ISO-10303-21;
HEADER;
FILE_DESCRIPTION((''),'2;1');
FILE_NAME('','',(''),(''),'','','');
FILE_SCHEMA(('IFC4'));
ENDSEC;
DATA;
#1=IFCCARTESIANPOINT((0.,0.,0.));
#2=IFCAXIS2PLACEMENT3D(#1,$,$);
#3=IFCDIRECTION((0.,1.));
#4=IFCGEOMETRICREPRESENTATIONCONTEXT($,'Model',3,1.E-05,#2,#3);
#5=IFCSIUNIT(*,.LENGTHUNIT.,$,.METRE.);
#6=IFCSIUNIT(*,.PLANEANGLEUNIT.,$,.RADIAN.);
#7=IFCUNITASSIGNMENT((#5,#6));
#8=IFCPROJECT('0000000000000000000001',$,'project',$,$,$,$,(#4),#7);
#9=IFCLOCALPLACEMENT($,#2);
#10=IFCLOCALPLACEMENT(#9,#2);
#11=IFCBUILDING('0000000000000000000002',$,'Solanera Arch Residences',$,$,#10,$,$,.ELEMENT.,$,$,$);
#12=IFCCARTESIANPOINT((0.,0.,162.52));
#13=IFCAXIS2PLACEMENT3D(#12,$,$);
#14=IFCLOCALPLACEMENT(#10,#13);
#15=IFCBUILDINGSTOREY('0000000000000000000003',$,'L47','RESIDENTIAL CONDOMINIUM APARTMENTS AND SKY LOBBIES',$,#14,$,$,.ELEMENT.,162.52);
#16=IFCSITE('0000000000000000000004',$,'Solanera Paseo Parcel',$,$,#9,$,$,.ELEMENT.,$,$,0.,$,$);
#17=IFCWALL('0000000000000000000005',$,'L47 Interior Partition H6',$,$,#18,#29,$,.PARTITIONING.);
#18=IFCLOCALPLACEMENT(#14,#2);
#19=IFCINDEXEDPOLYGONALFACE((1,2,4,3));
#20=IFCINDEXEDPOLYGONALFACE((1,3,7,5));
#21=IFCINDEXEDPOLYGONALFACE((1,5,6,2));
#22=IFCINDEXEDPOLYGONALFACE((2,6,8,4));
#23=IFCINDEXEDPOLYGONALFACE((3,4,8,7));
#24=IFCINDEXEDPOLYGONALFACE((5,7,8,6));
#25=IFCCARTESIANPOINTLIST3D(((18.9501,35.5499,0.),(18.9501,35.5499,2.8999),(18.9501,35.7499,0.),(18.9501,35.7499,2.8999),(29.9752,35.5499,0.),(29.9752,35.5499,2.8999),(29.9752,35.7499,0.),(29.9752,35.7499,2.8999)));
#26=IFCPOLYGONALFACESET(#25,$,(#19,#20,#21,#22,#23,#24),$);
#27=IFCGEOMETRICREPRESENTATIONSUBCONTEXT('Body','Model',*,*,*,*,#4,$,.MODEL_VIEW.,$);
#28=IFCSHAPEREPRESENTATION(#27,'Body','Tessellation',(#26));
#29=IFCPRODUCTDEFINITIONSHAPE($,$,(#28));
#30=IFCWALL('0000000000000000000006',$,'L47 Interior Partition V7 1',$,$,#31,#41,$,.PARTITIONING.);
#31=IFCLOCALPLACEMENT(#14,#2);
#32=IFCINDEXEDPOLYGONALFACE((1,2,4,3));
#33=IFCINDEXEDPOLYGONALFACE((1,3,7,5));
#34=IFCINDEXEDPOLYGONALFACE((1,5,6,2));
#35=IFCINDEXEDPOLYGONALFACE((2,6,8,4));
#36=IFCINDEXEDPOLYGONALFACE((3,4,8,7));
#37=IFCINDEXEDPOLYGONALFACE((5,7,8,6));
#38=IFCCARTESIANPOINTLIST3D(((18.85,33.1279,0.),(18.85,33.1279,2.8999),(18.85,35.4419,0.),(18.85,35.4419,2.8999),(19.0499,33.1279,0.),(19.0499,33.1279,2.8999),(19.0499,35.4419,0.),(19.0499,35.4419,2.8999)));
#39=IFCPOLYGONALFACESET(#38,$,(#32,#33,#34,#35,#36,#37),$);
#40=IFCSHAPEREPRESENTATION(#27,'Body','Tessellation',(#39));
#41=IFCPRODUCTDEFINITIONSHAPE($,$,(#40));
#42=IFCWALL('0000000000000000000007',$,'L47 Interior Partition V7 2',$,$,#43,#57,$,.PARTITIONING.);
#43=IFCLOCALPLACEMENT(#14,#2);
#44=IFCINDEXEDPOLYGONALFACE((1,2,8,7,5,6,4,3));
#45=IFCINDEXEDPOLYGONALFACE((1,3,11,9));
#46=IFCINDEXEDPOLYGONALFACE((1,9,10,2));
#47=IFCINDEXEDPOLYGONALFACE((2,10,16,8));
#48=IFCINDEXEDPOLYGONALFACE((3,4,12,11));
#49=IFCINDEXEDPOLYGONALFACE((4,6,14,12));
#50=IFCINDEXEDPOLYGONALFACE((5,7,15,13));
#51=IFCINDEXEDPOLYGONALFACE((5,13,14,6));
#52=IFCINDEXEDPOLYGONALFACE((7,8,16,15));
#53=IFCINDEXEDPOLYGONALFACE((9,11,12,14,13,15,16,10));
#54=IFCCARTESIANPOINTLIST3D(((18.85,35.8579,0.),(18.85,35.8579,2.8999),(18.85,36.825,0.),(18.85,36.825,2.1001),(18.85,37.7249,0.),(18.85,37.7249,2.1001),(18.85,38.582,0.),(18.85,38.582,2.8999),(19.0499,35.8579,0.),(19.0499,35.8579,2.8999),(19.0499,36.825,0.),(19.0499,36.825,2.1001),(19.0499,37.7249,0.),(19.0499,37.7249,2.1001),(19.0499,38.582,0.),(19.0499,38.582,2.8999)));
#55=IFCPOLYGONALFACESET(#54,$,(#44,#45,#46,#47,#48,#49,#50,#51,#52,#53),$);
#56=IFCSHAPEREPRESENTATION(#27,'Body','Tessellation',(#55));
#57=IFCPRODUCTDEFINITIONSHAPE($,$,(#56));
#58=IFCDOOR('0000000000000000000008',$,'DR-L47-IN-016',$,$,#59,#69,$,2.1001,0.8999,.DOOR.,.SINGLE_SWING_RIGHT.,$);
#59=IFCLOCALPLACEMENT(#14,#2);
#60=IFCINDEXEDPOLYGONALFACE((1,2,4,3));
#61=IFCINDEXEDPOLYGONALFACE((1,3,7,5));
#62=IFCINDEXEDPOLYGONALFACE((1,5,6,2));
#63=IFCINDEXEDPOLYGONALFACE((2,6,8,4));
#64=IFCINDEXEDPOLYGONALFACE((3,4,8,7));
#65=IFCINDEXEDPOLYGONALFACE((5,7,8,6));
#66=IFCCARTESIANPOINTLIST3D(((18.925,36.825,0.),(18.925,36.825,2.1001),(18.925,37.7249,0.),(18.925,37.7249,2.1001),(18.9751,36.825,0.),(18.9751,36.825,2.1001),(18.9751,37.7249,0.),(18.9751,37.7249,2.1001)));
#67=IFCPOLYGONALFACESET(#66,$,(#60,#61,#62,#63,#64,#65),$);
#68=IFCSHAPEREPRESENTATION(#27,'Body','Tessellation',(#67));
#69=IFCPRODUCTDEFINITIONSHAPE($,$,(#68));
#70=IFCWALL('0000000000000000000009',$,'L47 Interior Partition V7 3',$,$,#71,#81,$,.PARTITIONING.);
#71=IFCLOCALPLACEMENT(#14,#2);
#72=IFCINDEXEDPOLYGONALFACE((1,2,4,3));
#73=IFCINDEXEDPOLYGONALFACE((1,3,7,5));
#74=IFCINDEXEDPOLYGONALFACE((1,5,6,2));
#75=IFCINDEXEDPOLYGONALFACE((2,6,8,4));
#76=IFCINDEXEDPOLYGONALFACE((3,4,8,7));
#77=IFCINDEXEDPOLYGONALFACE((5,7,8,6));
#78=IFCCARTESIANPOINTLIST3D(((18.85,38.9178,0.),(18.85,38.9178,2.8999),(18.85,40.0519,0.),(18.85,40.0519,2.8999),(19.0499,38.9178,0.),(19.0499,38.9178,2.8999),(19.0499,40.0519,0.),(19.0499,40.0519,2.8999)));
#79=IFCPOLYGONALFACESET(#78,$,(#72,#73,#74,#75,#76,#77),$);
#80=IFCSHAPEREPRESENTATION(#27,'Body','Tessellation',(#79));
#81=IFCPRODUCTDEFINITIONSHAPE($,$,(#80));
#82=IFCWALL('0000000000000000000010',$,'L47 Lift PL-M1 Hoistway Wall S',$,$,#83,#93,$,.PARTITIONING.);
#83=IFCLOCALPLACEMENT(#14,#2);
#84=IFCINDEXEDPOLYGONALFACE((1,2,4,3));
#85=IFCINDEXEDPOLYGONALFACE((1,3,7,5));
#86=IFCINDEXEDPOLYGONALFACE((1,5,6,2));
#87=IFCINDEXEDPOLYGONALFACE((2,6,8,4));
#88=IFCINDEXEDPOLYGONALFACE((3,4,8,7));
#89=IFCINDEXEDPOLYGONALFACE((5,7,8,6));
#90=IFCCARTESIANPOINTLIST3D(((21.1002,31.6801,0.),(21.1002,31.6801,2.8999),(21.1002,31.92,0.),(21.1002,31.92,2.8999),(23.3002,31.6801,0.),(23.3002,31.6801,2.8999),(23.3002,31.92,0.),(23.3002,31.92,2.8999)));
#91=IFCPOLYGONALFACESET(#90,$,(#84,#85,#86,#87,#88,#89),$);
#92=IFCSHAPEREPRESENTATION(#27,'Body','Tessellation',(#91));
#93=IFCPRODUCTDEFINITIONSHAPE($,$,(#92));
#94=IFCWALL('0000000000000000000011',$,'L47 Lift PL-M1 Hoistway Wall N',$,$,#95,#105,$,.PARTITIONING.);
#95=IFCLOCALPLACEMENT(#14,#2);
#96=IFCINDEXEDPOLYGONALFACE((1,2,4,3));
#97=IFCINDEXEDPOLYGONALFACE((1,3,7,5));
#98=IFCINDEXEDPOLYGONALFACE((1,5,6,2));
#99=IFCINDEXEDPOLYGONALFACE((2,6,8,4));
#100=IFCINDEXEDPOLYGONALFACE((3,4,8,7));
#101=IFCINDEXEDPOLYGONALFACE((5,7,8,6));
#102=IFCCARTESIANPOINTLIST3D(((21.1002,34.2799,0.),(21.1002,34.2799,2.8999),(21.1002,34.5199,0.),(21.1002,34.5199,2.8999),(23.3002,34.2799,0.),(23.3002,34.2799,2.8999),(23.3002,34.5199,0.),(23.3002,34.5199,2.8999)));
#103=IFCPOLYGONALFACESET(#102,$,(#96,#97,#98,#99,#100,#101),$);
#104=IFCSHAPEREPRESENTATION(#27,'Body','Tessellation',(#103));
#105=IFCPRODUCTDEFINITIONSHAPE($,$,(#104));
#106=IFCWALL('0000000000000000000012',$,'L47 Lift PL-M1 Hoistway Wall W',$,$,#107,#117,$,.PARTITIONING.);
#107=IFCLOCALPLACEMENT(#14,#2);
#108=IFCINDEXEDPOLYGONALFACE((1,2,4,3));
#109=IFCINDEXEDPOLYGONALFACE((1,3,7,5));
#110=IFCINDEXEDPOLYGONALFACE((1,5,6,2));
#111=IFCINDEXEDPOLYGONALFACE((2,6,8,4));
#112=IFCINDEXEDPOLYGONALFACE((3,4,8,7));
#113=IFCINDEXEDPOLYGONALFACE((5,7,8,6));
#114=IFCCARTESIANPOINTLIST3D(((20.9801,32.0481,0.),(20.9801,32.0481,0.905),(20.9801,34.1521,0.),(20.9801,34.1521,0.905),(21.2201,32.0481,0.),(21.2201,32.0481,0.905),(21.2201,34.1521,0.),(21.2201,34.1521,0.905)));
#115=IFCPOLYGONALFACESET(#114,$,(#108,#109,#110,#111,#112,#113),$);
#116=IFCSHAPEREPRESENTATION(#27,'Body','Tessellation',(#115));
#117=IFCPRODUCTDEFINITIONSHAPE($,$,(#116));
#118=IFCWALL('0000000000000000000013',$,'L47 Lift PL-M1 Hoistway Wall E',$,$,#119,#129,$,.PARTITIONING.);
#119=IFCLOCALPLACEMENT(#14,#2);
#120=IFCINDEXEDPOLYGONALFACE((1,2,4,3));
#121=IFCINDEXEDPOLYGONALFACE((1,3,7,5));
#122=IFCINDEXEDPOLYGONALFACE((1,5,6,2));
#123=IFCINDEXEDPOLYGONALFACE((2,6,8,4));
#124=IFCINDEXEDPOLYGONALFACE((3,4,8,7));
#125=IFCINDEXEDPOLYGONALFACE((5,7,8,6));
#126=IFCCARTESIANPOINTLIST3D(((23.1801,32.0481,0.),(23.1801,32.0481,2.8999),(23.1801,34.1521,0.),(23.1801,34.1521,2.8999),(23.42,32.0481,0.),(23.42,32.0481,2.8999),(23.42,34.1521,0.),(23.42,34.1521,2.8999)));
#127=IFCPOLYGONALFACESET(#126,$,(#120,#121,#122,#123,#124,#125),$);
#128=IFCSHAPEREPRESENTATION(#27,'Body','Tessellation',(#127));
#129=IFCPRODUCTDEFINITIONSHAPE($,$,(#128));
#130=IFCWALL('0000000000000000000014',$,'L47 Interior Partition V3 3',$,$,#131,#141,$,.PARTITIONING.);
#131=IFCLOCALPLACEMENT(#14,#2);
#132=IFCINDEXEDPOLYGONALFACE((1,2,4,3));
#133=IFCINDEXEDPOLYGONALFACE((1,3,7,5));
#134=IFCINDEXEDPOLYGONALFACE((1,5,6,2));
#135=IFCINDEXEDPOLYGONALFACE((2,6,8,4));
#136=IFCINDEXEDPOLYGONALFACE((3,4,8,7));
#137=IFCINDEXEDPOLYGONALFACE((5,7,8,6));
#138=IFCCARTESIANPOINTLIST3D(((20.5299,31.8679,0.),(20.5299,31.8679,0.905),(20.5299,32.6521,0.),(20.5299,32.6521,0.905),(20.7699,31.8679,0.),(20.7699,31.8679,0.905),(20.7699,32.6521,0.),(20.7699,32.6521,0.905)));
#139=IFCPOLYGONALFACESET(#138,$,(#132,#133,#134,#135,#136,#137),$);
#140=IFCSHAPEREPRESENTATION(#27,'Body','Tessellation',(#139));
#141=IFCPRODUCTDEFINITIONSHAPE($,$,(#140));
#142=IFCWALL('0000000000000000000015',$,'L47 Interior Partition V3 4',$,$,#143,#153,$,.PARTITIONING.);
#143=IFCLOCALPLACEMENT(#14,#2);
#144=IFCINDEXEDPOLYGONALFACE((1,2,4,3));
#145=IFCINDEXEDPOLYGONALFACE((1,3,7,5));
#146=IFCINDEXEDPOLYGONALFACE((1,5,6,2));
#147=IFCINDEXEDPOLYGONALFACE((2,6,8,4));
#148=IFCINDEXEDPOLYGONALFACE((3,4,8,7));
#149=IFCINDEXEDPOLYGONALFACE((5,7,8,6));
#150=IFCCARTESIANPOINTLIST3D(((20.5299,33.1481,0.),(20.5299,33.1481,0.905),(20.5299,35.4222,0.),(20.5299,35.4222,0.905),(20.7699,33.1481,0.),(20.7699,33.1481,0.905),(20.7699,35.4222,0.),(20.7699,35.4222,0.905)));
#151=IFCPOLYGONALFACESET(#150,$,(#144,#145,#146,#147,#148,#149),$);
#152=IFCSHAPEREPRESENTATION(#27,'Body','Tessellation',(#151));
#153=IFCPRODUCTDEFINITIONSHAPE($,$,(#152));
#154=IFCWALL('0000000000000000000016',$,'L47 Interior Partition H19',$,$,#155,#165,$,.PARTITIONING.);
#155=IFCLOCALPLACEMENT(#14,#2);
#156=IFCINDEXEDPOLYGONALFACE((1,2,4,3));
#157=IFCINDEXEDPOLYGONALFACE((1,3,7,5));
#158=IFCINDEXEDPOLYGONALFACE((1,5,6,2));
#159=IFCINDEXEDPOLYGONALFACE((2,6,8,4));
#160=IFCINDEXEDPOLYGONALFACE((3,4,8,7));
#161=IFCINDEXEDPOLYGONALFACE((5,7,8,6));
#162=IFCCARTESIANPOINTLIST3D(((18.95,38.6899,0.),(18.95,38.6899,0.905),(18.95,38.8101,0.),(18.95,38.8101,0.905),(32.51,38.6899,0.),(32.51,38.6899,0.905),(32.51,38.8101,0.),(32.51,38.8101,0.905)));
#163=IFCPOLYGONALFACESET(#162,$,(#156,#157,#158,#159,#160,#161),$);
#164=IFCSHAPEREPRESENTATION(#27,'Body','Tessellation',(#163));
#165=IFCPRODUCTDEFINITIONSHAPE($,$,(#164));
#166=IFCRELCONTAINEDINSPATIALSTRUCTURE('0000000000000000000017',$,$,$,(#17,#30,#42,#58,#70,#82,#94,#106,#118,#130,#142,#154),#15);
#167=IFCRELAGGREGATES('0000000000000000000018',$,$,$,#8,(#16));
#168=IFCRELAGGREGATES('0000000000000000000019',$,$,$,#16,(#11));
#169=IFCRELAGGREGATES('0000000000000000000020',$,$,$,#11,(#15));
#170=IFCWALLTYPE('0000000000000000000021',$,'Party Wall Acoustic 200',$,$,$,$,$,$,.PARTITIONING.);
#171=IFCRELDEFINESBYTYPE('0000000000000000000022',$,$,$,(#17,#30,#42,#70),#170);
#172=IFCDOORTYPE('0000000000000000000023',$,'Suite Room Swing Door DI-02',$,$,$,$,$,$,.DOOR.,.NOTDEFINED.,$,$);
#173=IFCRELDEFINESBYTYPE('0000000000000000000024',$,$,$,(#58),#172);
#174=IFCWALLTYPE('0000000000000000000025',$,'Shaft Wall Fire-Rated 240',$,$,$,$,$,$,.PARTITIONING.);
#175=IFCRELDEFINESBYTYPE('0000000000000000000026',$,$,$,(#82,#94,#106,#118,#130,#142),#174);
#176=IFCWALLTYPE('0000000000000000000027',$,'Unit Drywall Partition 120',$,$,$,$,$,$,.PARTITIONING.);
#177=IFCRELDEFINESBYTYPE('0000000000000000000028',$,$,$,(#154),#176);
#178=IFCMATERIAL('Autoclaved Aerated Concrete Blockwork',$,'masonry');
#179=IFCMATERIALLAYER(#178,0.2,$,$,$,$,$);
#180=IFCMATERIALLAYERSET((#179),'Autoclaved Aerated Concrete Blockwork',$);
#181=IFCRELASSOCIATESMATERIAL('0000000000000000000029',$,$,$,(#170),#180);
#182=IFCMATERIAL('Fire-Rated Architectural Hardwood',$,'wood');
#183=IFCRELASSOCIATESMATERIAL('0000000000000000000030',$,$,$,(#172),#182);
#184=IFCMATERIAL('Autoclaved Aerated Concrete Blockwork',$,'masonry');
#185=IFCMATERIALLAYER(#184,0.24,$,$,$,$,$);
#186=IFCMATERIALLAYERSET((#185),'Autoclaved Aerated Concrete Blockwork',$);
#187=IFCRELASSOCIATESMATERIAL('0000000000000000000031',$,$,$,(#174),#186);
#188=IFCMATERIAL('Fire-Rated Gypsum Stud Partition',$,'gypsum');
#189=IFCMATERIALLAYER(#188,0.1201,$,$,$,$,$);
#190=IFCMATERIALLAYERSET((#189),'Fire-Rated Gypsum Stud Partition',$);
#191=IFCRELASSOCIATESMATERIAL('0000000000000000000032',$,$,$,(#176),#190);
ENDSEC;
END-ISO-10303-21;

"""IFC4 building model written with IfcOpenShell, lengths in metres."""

from ifc_helpers import new_model, si_unit, direction, frame, frame_2d, origin, place, context, subcontext, project, spatial, rectangle, extrude, material, layer, layer_set, type_object, element, fill, save


model = new_model("IFC4")

# Units and contexts
model_context = context("Model", 3, precision=1e-05, world=origin(), true_north=direction((0.0, 1.0)))
body_context = subcontext(model_context, "Body", "Model", "MODEL_VIEW")
ifc_project = project(units=[si_unit("LENGTHUNIT", "METRE"), si_unit("PLANEANGLEUNIT", "RADIAN")], contexts=[model_context])

# Site, building, storey
site_placement = place(None, origin())
site = spatial("IfcSite", under=ifc_project, at=site_placement, Name="Solanera Paseo Parcel", CompositionType="ELEMENT", RefElevation=0.0)
building_placement = place(site_placement, origin())
building = spatial("IfcBuilding", under=site, at=building_placement, Name="Solanera Arch Residences", CompositionType="ELEMENT")
storey_placement = place(building_placement, frame((0.0, 0.0, 162.52)))
storey = spatial("IfcBuildingStorey", under=building, at=storey_placement, Name="L47", Description="RESIDENTIAL CONDOMINIUM APARTMENTS AND SKY LOBBIES", CompositionType="ELEMENT", Elevation=162.52)

# Walls
ifc_material_1 = material(Name="Autoclaved Aerated Concrete Blockwork", Category="masonry")
ifc_layer_1 = layer(ifc_material_1, 0.2)
ifc_layer_set_1 = layer_set([ifc_layer_1], Name="Autoclaved Aerated Concrete Blockwork")
wall_type_1 = type_object("IfcWallType", Name="Party Wall Acoustic 200", PredefinedType="PARTITIONING", material=ifc_layer_set_1)
wall_1_placement = place(storey_placement, frame((18.95, 35.6499, 0.0), z_axis=(0.0, 0.0, 1.0), x_axis=(1.0, 0.0, 0.0)))
element("IfcWall", 1, at=wall_1_placement, inside=storey, type_object=wall_type_1, Name="L47 Interior Partition H6", PredefinedType="PARTITIONING", context=body_context, shape_type="SweptSolid", body=[
    extrude(rectangle(XDim=11.0251, YDim=0.2, at=frame_2d((5.5127, 0.0))), origin(), (0.0, 0.0, 1.0), 2.8999),
])
wall_2_placement = place(storey_placement, frame((18.95, 33.1279, 0.0), z_axis=(0.0, 0.0, 1.0), x_axis=(0.0, 1.0, 0.0)))
element("IfcWall", 2, at=wall_2_placement, inside=storey, type_object=wall_type_1, Name="L47 Interior Partition V7 1", PredefinedType="PARTITIONING", context=body_context, shape_type="SweptSolid", body=[
    extrude(rectangle(XDim=2.314, YDim=0.2, at=frame_2d((1.157, 0.0))), origin(), (0.0, 0.0, 1.0), 2.8999),
])

# Wall, opening, door
wall_3_placement = place(storey_placement, frame((18.95, 35.8579, 0.0), z_axis=(0.0, 0.0, 1.0), x_axis=(0.0, 1.0, 0.0)))
wall_3 = element("IfcWall", 3, at=wall_3_placement, inside=storey, type_object=wall_type_1, Name="L47 Interior Partition V7 2", PredefinedType="PARTITIONING", context=body_context, shape_type="SweptSolid", body=[
    extrude(rectangle(XDim=2.7241, YDim=0.2, at=frame_2d((1.3621, 0.0))), origin(), (0.0, 0.0, 1.0), 2.8999),
])
opening_1_placement = place(wall_3_placement, frame((0.967, 0.0, 0.0)))
opening_1 = element("IfcOpeningElement", 4, at=opening_1_placement, cuts=wall_3, PredefinedType="OPENING", context=body_context, shape_type="SweptSolid", body=[
    extrude(rectangle(XDim=0.8999, YDim=2.1001, at=frame_2d((0.45, 1.05))), frame((0.0, 0.1101, 0.0), z_axis=(0.0, -1.0, 0.0), x_axis=(1.0, 0.0, 0.0)), (0.0, 0.0, 1.0), 0.22),
])
ifc_material_2 = material(Name="Fire-Rated Architectural Hardwood", Category="wood")
door_type_1 = type_object("IfcDoorType", Name="Suite Room Swing Door DI-02", OperationType="NOTDEFINED", PredefinedType="DOOR", material=ifc_material_2)
door_1_placement = place(opening_1_placement, origin())
door_1 = element("IfcDoor", 5, at=door_1_placement, inside=storey, type_object=door_type_1, Name="DR-L47-IN-016", OperationType="SINGLE_SWING_RIGHT", OverallHeight=2.1001, OverallWidth=0.8999, PredefinedType="DOOR", context=body_context, shape_type="SweptSolid", body=[
    extrude(rectangle(XDim=0.8999, YDim=2.1001, at=frame_2d((0.45, 1.05))), frame((0.0, 0.0249, 0.0), z_axis=(0.0, -1.0, 0.0), x_axis=(1.0, 0.0, 0.0)), (0.0, 0.0, 1.0), 0.05),
])
fill(opening_1, door_1)

# Walls
wall_4_placement = place(storey_placement, frame((18.95, 38.918, 0.0), z_axis=(0.0, 0.0, 1.0), x_axis=(0.0, 1.0, 0.0)))
element("IfcWall", 6, at=wall_4_placement, inside=storey, type_object=wall_type_1, Name="L47 Interior Partition V7 3", PredefinedType="PARTITIONING", context=body_context, shape_type="SweptSolid", body=[
    extrude(rectangle(XDim=1.134, YDim=0.2, at=frame_2d((0.5669, 0.0))), origin(), (0.0, 0.0, 1.0), 2.8999),
])
ifc_material_3 = material(Name="Autoclaved Aerated Concrete Blockwork", Category="masonry")
ifc_layer_2 = layer(ifc_material_3, 0.24)
ifc_layer_set_2 = layer_set([ifc_layer_2], Name="Autoclaved Aerated Concrete Blockwork")
wall_type_2 = type_object("IfcWallType", Name="Shaft Wall Fire-Rated 240", PredefinedType="PARTITIONING", material=ifc_layer_set_2)
for number, where, z_axis, x_axis, name in (
    (7, (21.1001, 31.8, 0.0), (0.0, 0.0, 1.0), (1.0, 0.0, 0.0), "L47 Lift PL-M1 Hoistway Wall S"),
    (8, (21.1001, 34.3999, 0.0), (0.0, 0.0, 1.0), (1.0, 0.0, 0.0), "L47 Lift PL-M1 Hoistway Wall N"),
):
    element("IfcWall", number, at=place(storey_placement, frame(where, z_axis=z_axis, x_axis=x_axis)), inside=storey, type_object=wall_type_2, Name=name, PredefinedType="PARTITIONING", context=body_context, shape_type="SweptSolid", body=[
        extrude(rectangle(XDim=2.2, YDim=0.24, at=frame_2d((1.1001, 0.0))), origin(), (0.0, 0.0, 1.0), 2.8999),
    ])
wall_5_placement = place(storey_placement, frame((21.1001, 32.0481, 0.0), z_axis=(0.0, 0.0, 1.0), x_axis=(0.0, 1.0, 0.0)))
element("IfcWall", 9, at=wall_5_placement, inside=storey, type_object=wall_type_2, Name="L47 Lift PL-M1 Hoistway Wall W", PredefinedType="PARTITIONING", context=body_context, shape_type="SweptSolid", body=[
    extrude(rectangle(XDim=2.104, YDim=0.24, at=frame_2d((1.052, 0.0))), origin(), (0.0, 0.0, 1.0), 0.905),
])
wall_6_placement = place(storey_placement, frame((23.3, 32.0481, 0.0), z_axis=(0.0, 0.0, 1.0), x_axis=(0.0, 1.0, 0.0)))
element("IfcWall", 10, at=wall_6_placement, inside=storey, type_object=wall_type_2, Name="L47 Lift PL-M1 Hoistway Wall E", PredefinedType="PARTITIONING", context=body_context, shape_type="SweptSolid", body=[
    extrude(rectangle(XDim=2.104, YDim=0.24, at=frame_2d((1.052, 0.0))), origin(), (0.0, 0.0, 1.0), 2.8999),
])

# Walls
wall_7_placement = place(storey_placement, frame((20.6499, 31.8679, 0.0), z_axis=(0.0, 0.0, 1.0), x_axis=(0.0, 1.0, 0.0)))
element("IfcWall", 11, at=wall_7_placement, inside=storey, type_object=wall_type_2, Name="L47 Interior Partition V3 3", PredefinedType="PARTITIONING", context=body_context, shape_type="SweptSolid", body=[
    extrude(rectangle(XDim=0.7842, YDim=0.24, at=frame_2d((0.3921, 0.0))), origin(), (0.0, 0.0, 1.0), 0.905),
])
wall_8_placement = place(storey_placement, frame((20.6499, 33.1479, 0.0), z_axis=(0.0, 0.0, 1.0), x_axis=(0.0, 1.0, 0.0)))
element("IfcWall", 12, at=wall_8_placement, inside=storey, type_object=wall_type_2, Name="L47 Interior Partition V3 4", PredefinedType="PARTITIONING", context=body_context, shape_type="SweptSolid", body=[
    extrude(rectangle(XDim=2.2742, YDim=0.24, at=frame_2d((1.1372, 0.0))), origin(), (0.0, 0.0, 1.0), 0.905),
])
ifc_material_4 = material(Name="Fire-Rated Gypsum Stud Partition", Category="gypsum")
ifc_layer_3 = layer(ifc_material_4, 0.1201)
ifc_layer_set_3 = layer_set([ifc_layer_3], Name="Fire-Rated Gypsum Stud Partition")
wall_type_3 = type_object("IfcWallType", Name="Unit Drywall Partition 120", PredefinedType="PARTITIONING", material=ifc_layer_set_3)
wall_9_placement = place(storey_placement, frame((18.95, 38.75, 0.0), z_axis=(0.0, 0.0, 1.0), x_axis=(1.0, 0.0, 0.0)))
element("IfcWall", 13, at=wall_9_placement, inside=storey, type_object=wall_type_3, Name="L47 Interior Partition H19", PredefinedType="PARTITIONING", context=body_context, shape_type="SweptSolid", body=[
    extrude(rectangle(XDim=13.5601, YDim=0.1201, at=frame_2d((6.78, 0.0))), origin(), (0.0, 0.0, 1.0), 0.905),
])

save(model, "model.ifc")
